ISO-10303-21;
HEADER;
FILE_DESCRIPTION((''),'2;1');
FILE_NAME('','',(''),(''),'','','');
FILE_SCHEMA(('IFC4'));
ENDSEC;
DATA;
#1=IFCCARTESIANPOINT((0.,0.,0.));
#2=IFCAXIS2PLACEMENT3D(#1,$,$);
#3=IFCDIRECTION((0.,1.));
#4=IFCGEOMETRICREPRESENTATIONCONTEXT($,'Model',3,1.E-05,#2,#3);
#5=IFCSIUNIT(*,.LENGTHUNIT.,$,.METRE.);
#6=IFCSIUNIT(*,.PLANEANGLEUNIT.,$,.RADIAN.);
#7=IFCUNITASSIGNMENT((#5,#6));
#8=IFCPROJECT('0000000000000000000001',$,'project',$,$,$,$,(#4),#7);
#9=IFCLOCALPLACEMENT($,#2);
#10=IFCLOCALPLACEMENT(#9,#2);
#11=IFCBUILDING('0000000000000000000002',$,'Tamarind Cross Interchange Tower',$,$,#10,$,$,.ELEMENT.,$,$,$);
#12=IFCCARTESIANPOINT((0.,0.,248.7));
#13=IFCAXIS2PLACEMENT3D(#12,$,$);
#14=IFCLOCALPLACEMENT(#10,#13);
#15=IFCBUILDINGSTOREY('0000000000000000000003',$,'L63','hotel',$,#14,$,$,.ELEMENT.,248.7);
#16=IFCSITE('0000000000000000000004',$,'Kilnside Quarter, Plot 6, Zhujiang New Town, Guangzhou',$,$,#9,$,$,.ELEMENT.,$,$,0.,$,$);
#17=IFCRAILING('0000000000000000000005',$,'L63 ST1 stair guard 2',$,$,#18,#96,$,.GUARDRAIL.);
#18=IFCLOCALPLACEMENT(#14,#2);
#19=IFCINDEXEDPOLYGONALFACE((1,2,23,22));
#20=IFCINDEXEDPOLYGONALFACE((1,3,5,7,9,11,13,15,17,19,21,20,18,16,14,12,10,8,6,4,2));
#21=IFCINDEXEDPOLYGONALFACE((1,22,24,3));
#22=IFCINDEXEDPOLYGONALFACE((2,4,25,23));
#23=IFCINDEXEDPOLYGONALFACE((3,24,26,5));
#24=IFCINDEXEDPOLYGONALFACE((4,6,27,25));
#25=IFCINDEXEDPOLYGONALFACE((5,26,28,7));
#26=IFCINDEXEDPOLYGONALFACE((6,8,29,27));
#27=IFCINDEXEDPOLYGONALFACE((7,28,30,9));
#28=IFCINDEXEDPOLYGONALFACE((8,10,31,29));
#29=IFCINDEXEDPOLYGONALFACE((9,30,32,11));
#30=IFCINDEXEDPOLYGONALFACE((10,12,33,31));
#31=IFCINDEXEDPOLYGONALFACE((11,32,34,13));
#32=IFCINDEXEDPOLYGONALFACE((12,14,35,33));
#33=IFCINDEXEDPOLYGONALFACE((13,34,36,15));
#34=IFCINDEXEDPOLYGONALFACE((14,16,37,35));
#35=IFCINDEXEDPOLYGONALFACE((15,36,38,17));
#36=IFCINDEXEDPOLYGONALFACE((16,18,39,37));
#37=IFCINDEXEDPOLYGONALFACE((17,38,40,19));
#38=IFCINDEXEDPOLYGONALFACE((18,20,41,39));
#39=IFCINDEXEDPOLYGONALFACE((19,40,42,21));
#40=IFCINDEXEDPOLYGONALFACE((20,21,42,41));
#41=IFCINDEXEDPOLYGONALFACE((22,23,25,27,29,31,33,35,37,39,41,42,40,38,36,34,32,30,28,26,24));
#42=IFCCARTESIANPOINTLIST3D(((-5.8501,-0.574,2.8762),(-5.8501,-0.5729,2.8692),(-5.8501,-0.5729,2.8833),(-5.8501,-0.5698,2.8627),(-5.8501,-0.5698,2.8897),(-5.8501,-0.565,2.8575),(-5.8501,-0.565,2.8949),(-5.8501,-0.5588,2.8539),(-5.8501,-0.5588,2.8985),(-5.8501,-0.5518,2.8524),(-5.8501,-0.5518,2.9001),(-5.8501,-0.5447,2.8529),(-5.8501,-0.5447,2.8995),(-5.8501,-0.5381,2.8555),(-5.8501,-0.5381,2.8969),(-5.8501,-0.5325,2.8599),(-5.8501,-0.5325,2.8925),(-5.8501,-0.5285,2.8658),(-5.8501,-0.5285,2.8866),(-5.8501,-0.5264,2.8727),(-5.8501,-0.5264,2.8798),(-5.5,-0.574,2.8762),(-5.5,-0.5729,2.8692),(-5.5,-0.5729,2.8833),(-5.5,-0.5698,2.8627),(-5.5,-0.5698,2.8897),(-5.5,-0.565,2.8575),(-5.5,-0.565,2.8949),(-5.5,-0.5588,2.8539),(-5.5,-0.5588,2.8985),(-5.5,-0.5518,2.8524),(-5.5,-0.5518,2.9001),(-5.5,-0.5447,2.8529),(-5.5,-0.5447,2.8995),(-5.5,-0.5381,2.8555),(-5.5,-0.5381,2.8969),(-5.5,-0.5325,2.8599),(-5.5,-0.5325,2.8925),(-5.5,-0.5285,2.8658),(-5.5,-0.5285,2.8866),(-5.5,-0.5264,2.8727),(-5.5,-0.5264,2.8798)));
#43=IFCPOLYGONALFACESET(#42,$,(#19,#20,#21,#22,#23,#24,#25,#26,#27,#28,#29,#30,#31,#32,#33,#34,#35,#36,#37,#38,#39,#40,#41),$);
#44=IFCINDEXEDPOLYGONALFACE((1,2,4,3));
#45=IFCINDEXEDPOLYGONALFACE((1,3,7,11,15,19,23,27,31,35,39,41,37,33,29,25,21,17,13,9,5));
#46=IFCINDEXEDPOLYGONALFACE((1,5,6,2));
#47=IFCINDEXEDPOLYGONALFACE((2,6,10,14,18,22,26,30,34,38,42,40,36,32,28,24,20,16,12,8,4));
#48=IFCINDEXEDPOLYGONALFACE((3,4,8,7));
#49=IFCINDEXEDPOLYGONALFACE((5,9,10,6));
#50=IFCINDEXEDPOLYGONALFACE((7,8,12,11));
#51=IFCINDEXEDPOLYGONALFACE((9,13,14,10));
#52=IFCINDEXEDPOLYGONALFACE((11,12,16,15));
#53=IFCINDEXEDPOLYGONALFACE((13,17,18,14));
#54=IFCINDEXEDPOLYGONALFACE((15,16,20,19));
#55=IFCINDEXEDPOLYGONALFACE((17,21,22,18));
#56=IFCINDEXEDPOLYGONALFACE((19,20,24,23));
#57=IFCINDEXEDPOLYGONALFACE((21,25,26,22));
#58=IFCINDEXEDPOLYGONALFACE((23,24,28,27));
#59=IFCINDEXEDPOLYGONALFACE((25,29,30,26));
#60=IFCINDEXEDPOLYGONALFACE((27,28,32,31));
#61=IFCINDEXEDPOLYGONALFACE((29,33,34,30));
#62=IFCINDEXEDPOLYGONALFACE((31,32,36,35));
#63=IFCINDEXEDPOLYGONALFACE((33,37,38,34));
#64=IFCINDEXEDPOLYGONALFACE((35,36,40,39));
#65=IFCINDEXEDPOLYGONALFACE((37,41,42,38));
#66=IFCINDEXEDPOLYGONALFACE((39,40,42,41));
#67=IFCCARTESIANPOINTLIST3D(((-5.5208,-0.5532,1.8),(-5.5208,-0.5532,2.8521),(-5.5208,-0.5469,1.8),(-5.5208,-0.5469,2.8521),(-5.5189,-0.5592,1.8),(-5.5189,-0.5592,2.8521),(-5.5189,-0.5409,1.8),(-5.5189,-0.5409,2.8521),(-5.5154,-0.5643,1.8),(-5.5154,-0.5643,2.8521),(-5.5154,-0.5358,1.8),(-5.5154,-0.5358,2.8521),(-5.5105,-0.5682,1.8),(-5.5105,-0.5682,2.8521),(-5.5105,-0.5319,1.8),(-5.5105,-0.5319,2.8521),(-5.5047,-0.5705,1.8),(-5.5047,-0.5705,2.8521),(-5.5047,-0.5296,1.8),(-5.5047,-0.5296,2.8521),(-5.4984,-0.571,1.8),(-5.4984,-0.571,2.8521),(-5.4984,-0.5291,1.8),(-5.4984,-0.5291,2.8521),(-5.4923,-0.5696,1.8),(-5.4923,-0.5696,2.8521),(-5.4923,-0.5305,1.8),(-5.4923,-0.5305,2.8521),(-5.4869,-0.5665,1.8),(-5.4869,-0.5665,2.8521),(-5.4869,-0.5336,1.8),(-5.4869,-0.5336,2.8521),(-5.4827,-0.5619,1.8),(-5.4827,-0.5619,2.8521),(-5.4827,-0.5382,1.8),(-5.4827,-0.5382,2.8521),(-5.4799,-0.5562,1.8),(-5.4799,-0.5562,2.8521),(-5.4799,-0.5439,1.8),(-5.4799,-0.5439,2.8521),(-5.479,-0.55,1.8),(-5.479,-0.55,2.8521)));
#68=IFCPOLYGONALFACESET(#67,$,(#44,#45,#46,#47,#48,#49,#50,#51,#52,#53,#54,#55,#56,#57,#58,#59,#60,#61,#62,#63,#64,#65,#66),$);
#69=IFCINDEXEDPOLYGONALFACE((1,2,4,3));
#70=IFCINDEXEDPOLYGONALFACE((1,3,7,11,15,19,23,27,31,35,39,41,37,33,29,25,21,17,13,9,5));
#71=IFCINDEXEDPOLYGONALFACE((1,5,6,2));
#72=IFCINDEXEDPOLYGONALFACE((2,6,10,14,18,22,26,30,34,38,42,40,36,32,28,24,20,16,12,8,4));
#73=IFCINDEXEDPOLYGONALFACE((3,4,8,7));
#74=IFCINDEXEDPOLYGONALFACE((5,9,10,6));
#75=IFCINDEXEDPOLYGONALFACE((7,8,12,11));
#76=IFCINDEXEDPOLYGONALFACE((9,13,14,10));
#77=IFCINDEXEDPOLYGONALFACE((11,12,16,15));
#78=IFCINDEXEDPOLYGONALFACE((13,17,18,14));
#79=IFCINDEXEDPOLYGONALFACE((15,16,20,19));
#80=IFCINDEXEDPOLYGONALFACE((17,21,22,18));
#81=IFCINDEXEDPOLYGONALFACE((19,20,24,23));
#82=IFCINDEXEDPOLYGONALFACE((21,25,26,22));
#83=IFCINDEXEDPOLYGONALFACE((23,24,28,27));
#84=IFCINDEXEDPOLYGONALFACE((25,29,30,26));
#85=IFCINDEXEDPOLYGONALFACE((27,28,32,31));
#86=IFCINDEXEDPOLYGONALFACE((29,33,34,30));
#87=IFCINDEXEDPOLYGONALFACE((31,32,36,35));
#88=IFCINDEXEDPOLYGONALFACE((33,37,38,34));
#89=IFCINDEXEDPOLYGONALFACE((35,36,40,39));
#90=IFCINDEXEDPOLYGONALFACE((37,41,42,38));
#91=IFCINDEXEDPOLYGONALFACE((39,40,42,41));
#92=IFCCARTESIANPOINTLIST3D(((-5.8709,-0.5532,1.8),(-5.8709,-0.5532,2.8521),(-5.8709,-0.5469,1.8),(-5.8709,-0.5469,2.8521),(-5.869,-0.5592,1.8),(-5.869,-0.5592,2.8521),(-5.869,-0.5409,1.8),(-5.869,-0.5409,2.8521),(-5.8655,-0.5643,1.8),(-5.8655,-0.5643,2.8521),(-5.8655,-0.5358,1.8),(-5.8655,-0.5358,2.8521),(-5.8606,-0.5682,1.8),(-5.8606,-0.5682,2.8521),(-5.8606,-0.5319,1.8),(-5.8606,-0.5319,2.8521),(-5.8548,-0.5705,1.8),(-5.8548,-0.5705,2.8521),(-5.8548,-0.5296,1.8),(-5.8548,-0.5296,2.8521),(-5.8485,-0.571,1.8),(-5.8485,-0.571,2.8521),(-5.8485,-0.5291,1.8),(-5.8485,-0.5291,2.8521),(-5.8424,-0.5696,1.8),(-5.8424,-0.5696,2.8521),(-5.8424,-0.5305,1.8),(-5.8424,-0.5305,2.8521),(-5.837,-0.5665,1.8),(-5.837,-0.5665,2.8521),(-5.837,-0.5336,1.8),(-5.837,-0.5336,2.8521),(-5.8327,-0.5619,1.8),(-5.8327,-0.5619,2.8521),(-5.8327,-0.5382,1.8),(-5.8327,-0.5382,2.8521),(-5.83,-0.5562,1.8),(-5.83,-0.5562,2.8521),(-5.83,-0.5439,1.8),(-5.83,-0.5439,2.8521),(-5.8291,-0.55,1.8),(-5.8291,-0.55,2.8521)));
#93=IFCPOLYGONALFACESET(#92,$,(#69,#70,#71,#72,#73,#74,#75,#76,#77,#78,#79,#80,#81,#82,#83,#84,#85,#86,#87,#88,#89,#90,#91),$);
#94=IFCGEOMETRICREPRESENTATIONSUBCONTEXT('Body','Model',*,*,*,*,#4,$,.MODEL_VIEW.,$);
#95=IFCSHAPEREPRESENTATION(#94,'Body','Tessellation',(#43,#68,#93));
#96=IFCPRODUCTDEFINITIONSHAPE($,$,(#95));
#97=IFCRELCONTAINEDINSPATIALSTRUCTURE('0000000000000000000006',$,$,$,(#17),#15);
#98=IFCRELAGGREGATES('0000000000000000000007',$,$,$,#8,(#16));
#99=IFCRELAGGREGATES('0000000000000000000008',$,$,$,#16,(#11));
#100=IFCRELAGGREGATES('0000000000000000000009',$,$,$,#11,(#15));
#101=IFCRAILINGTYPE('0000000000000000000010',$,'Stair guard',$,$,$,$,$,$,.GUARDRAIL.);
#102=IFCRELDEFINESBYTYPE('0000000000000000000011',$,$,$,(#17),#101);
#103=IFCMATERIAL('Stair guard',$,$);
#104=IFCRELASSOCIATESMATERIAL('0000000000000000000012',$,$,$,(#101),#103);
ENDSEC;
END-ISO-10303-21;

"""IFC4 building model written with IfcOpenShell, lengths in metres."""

from ifc_helpers import new_model, si_unit, direction, frame, origin, origin_2d, place, context, subcontext, project, spatial, circle, extrude, material, type_object, element, save


model = new_model("IFC4")

# Units and contexts
model_context = context("Model", 3, precision=1e-05, world=origin(), true_north=direction((0.0, 1.0)))
body_context = subcontext(model_context, "Body", "Model", "MODEL_VIEW")
ifc_project = project(units=[si_unit("LENGTHUNIT", "METRE"), si_unit("PLANEANGLEUNIT", "RADIAN")], contexts=[model_context])

# Site, building, storey
site_placement = place(None, origin())
site = spatial("IfcSite", under=ifc_project, at=site_placement, Name="Kilnside Quarter, Plot 6, Zhujiang New Town, Guangzhou", CompositionType="ELEMENT", RefElevation=0.0)
building_placement = place(site_placement, origin())
building = spatial("IfcBuilding", under=site, at=building_placement, Name="Tamarind Cross Interchange Tower", CompositionType="ELEMENT")
storey_placement = place(building_placement, frame((0.0, 0.0, 248.7)))
storey = spatial("IfcBuildingStorey", under=building, at=storey_placement, Name="L63", Description="hotel", CompositionType="ELEMENT", Elevation=248.7)

# Railing
ifc_material_1 = material(Name="Stair guard")
railing_type_1 = type_object("IfcRailingType", Name="Stair guard", PredefinedType="GUARDRAIL", material=ifc_material_1)
railing_1_placement = place(storey_placement, frame((-5.5, -0.55, 1.8)))
element("IfcRailing", 1, at=railing_1_placement, inside=storey, type_object=railing_type_1, Name="L63 ST1 stair guard 2", PredefinedType="GUARDRAIL", context=body_context, shape_type="SweptSolid", body=[
    extrude(circle(Radius=0.0239, at=origin_2d()), frame((0.0, 0.0, 1.0762), z_axis=(-1.0, 0.0, 0.0), x_axis=(0.0, -1.0, 0.0)), (0.0, 0.0, 1.0), 0.3501),
    extrude(circle(Radius=0.021, at=origin_2d()), origin(), (0.0, 0.0, 1.0), 1.052),
    extrude(circle(Radius=0.021, at=origin_2d()), frame((-0.3501, 0.0, 0.0)), (0.0, 0.0, 1.0), 1.052),
])

save(model, "model.ifc")
